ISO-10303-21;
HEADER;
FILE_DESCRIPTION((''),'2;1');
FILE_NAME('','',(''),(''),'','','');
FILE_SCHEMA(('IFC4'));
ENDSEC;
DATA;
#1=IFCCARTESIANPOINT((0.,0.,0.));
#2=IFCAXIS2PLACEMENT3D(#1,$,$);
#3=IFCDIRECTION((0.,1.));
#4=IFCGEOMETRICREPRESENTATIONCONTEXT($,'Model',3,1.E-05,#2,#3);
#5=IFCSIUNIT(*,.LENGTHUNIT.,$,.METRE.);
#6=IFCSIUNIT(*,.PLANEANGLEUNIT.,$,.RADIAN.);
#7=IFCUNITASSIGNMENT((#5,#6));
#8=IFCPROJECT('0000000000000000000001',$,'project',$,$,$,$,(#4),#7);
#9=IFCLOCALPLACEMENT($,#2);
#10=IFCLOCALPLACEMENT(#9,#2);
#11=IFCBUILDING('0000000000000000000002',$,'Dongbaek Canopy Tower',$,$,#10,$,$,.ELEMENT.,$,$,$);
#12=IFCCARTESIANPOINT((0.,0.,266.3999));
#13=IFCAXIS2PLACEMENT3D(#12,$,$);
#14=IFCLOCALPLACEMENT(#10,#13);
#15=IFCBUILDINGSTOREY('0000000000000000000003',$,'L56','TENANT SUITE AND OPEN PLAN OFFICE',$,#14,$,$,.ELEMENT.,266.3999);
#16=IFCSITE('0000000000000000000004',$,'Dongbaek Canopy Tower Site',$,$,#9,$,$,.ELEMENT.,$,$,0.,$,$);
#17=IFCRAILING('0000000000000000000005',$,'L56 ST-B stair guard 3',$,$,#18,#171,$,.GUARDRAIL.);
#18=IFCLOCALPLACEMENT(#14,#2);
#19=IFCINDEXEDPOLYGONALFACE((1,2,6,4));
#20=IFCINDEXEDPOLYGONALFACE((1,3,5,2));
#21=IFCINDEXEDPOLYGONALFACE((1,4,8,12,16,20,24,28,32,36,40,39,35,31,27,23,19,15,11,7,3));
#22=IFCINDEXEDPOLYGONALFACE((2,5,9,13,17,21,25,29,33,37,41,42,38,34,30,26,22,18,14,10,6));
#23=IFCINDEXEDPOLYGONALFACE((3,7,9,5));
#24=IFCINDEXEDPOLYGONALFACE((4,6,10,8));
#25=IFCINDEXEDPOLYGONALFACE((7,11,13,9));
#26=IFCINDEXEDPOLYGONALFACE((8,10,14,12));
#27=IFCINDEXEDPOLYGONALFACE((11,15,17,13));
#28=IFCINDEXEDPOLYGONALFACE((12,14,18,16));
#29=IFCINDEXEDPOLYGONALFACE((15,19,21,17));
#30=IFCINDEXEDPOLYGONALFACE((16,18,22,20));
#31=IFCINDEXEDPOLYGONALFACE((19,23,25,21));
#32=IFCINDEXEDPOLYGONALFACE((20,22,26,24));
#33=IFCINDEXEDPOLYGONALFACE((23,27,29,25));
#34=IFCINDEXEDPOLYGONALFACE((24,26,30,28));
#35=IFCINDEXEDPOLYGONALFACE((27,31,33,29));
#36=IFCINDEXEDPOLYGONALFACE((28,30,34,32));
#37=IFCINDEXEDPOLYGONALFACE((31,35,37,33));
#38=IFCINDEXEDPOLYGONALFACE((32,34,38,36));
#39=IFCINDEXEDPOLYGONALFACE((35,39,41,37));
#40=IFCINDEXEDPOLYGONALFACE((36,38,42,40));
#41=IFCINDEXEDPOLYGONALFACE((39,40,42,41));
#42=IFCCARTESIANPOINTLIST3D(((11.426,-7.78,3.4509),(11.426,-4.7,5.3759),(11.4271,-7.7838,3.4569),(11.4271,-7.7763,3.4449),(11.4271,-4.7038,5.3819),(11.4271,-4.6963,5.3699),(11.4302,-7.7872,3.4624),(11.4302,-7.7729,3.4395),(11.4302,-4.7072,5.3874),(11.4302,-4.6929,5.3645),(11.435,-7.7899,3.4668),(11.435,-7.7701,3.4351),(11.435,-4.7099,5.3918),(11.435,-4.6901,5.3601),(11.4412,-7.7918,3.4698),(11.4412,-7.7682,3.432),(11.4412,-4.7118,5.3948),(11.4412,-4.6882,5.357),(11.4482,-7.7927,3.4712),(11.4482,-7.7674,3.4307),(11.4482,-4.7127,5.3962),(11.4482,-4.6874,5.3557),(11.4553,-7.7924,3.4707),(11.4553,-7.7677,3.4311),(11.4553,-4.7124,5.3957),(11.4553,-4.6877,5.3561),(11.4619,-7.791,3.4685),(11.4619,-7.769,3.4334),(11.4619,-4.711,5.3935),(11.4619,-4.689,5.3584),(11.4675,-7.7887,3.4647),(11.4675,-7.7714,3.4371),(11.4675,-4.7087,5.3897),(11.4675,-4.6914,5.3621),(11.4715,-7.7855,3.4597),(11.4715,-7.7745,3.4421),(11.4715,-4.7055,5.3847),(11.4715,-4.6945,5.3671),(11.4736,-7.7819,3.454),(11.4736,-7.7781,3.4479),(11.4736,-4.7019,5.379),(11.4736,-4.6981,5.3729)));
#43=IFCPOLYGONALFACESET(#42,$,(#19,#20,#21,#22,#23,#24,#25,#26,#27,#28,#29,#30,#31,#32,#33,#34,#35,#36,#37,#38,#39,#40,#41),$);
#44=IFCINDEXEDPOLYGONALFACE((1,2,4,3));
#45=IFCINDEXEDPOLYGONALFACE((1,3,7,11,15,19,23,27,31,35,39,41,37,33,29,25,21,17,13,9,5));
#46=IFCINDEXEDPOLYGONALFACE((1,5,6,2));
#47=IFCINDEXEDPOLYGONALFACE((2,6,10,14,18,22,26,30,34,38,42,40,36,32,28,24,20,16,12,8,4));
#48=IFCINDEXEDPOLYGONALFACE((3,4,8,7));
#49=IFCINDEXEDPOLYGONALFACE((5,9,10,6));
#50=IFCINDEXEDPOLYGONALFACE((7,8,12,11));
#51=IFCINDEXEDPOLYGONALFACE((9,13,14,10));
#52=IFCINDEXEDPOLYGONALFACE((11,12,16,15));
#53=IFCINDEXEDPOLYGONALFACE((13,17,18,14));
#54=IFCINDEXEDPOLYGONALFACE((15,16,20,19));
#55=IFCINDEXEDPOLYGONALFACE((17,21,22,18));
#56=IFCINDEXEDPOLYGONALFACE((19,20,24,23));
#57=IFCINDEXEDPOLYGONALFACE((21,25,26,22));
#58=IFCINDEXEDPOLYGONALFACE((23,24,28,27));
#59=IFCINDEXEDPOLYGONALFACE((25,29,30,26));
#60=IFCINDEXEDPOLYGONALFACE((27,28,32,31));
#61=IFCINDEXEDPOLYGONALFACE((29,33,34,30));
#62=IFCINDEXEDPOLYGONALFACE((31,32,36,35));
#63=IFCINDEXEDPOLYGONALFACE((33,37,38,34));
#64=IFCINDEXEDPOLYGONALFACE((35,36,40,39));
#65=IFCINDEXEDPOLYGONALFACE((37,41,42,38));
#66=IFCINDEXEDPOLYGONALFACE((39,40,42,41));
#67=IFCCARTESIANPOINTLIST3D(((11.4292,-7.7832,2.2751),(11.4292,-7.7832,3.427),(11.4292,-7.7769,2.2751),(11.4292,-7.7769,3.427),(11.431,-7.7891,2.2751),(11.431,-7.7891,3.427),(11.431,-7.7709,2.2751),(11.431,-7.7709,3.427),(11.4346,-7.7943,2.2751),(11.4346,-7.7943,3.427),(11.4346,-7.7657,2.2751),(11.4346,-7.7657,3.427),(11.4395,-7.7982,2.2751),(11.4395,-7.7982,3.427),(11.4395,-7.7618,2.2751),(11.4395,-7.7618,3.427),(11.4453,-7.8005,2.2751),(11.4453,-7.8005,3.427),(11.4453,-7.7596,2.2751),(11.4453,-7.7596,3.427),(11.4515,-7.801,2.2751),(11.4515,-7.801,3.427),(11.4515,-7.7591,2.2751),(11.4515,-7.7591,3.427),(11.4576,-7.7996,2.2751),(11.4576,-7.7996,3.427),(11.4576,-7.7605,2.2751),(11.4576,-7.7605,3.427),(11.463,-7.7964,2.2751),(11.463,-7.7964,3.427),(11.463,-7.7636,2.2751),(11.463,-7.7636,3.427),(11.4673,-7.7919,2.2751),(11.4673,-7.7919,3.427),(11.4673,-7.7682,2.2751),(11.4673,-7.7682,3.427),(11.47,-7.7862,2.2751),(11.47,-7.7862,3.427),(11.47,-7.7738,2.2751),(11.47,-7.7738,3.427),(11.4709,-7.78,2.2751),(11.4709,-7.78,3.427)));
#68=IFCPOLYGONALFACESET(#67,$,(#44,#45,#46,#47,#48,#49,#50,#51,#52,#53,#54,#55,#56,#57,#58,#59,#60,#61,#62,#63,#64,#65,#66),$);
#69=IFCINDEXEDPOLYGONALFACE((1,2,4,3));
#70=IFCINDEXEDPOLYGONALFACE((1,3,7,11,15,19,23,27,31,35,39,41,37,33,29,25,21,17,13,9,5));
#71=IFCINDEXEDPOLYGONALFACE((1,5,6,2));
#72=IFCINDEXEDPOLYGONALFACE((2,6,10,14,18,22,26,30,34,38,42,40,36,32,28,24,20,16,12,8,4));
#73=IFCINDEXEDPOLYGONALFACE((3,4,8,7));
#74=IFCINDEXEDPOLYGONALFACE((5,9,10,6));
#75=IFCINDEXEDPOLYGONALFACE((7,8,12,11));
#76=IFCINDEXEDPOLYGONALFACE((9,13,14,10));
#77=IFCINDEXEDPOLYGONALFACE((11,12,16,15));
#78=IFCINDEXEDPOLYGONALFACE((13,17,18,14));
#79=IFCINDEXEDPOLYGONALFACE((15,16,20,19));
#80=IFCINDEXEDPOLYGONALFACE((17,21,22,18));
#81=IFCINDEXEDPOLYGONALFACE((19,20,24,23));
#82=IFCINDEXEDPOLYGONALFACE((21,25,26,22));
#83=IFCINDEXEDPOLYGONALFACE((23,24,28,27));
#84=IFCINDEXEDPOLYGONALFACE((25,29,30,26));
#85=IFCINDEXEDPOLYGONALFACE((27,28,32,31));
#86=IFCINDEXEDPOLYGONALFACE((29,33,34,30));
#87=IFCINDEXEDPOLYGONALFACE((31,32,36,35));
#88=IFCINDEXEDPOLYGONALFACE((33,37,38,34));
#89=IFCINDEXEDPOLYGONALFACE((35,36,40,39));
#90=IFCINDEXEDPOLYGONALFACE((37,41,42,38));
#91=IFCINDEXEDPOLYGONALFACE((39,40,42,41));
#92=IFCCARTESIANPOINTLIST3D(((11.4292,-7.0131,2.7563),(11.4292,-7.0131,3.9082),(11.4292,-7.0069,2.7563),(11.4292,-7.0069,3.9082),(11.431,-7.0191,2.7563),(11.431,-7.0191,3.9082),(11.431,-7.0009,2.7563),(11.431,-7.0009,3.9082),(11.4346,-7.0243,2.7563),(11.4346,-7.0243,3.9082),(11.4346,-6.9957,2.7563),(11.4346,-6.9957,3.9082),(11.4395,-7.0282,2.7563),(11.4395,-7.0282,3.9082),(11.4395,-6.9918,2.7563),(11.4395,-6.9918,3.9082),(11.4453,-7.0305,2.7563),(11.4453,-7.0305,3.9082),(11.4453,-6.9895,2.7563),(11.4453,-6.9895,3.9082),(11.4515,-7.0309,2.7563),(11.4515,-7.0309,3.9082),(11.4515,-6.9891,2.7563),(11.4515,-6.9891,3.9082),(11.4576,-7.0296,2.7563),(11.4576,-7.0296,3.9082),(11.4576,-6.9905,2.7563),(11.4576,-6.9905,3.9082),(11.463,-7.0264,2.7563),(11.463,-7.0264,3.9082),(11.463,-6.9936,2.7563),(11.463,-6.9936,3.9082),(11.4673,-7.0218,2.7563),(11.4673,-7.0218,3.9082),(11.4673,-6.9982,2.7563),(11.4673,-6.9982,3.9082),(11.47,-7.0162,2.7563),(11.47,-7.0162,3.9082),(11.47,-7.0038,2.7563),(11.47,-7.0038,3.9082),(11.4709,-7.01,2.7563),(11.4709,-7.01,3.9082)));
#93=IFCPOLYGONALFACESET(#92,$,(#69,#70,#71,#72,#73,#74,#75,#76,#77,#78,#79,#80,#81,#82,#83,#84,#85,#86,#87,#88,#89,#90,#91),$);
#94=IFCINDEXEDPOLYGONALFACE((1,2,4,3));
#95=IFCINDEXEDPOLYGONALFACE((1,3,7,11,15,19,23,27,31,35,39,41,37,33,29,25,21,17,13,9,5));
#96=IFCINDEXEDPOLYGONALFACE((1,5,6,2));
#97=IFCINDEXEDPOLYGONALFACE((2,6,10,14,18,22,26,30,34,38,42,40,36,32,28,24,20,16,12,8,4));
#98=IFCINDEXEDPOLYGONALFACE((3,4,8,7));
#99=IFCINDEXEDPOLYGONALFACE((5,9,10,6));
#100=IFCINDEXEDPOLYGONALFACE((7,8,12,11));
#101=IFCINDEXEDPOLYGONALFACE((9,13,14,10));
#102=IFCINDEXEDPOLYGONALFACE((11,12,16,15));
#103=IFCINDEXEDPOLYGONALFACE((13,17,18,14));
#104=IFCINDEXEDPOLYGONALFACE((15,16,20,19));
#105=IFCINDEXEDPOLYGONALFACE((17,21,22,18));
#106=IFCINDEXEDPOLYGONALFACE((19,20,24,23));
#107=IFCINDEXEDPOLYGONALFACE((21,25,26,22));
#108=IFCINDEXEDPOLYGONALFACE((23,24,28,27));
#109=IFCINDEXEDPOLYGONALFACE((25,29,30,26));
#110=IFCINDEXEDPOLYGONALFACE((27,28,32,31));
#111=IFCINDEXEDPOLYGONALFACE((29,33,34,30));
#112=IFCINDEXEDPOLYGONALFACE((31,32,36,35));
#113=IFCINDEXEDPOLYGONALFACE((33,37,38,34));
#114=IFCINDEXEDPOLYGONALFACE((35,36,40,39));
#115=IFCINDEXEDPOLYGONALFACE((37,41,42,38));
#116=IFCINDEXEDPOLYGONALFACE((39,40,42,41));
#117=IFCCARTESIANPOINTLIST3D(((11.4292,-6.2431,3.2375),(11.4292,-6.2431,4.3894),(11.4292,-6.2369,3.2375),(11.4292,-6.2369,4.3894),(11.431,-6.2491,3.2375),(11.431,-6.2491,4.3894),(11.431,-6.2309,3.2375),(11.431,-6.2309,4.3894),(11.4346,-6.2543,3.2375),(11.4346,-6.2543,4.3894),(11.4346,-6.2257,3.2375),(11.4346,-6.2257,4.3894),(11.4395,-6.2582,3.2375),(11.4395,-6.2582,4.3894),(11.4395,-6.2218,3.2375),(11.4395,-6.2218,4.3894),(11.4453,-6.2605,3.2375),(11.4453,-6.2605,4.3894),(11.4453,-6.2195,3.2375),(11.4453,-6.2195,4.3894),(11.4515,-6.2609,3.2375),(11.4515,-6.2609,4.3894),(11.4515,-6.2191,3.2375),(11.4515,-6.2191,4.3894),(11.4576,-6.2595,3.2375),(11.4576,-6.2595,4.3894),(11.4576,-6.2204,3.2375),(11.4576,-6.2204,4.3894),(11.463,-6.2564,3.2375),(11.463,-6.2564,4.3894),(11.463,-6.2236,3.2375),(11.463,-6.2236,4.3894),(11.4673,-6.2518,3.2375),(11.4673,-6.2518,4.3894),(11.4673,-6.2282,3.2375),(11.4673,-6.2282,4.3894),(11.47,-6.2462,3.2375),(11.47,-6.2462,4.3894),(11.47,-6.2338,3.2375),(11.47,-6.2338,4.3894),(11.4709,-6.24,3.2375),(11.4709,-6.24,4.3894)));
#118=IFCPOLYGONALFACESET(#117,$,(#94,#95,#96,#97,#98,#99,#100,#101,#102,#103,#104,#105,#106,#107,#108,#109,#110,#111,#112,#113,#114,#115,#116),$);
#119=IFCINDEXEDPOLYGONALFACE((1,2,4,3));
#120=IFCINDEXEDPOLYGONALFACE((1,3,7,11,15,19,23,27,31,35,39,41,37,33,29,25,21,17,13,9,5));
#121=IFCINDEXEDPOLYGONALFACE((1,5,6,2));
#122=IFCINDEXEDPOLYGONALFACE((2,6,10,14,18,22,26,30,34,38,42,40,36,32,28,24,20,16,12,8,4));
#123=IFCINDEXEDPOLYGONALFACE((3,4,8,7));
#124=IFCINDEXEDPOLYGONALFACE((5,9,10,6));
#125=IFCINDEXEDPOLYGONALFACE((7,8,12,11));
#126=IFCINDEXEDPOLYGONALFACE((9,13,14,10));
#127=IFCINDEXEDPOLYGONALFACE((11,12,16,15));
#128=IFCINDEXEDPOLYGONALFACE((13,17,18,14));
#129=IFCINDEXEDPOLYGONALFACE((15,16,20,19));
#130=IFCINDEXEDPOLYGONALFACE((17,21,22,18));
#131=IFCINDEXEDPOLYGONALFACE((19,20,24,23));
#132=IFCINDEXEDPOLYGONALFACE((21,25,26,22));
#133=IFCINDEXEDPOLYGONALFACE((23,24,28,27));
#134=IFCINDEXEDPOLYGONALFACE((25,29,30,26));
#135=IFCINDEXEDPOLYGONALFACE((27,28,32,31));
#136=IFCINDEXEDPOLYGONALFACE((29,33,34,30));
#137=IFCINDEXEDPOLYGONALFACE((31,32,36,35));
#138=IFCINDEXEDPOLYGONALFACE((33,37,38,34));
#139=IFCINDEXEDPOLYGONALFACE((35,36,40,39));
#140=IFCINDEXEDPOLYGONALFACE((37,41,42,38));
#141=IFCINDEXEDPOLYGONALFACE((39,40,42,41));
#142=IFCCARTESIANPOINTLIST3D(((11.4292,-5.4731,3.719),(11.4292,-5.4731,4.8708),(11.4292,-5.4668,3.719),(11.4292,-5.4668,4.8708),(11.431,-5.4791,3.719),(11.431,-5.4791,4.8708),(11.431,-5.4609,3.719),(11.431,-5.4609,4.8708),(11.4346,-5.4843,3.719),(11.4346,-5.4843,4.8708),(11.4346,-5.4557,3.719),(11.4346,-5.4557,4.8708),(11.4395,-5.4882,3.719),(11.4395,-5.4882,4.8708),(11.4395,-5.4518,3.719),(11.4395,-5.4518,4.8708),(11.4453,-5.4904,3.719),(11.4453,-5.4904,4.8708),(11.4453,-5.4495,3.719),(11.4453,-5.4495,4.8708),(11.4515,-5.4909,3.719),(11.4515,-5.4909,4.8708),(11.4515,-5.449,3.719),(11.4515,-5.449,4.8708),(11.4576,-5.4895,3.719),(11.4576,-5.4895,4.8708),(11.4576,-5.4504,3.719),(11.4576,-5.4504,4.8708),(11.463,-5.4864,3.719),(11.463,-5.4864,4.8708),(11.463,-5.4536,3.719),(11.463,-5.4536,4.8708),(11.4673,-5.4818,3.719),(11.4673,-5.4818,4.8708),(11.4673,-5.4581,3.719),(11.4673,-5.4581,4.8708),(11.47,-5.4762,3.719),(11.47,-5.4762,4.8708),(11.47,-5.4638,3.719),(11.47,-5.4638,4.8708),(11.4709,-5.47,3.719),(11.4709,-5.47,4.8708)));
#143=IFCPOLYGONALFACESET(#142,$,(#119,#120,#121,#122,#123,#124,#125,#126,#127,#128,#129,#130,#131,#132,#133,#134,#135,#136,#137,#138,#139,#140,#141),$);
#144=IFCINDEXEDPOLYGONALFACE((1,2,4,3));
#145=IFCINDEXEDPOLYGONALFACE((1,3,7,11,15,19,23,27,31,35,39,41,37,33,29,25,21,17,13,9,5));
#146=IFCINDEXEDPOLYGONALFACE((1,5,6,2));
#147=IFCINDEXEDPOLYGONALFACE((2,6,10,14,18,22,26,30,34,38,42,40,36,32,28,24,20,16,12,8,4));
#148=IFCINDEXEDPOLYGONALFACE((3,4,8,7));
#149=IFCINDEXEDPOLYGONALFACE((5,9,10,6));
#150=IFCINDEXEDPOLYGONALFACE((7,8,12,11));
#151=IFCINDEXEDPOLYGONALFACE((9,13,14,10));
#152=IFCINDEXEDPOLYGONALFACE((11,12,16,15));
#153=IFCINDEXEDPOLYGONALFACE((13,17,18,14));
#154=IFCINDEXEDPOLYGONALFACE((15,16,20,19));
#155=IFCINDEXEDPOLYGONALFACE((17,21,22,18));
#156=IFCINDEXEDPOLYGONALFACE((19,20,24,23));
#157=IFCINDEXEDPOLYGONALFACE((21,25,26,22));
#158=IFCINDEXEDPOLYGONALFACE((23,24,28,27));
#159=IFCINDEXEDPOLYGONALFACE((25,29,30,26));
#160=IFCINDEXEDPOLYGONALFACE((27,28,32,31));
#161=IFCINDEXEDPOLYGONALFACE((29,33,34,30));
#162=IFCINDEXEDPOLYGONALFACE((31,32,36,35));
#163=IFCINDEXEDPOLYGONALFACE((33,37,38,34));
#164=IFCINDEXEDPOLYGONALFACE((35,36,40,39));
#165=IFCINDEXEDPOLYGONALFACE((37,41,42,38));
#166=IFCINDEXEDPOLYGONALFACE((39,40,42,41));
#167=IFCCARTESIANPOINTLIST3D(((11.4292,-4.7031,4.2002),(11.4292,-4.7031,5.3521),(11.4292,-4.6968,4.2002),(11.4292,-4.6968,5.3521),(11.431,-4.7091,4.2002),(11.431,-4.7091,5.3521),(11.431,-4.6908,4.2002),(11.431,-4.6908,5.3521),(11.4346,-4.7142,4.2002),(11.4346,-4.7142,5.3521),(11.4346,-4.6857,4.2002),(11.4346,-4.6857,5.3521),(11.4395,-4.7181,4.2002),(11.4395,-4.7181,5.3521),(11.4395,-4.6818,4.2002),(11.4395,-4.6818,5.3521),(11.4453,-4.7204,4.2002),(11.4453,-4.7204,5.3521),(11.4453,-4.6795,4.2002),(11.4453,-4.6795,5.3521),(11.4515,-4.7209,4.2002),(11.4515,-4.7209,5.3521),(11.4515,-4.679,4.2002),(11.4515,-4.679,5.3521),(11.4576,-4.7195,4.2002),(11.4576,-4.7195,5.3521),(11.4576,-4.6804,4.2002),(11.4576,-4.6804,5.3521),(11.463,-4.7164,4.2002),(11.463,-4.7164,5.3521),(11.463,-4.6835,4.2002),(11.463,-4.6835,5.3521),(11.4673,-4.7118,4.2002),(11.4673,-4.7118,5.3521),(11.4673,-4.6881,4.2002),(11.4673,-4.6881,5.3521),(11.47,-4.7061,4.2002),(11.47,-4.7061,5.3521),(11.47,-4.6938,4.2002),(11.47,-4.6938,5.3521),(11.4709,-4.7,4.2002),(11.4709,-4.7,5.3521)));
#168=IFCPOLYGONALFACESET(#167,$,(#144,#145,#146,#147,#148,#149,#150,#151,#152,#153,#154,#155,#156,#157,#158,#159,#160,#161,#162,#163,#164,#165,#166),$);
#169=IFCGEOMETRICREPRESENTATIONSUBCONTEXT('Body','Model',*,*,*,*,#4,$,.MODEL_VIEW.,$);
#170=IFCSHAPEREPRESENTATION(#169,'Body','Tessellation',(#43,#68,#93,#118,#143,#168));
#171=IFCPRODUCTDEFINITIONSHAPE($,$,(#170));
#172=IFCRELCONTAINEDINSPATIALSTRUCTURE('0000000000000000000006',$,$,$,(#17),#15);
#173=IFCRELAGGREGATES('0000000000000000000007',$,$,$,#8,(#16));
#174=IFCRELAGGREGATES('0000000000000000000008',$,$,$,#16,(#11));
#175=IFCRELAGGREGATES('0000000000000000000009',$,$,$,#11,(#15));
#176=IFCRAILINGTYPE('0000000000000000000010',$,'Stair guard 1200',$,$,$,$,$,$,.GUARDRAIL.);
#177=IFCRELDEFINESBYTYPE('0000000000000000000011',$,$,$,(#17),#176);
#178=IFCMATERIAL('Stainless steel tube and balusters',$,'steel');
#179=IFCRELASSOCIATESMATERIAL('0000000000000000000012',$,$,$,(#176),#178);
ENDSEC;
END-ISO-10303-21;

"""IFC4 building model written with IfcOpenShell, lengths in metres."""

from ifc_helpers import new_model, si_unit, direction, frame, origin, origin_2d, place, context, subcontext, project, spatial, circle, extrude, material, type_object, element, save


model = new_model("IFC4")

# Units and contexts
model_context = context("Model", 3, precision=1e-05, world=origin(), true_north=direction((0.0, 1.0)))
body_context = subcontext(model_context, "Body", "Model", "MODEL_VIEW")
ifc_project = project(units=[si_unit("LENGTHUNIT", "METRE"), si_unit("PLANEANGLEUNIT", "RADIAN")], contexts=[model_context])

# Site, building, storey
site_placement = place(None, origin())
site = spatial("IfcSite", under=ifc_project, at=site_placement, Name="Dongbaek Canopy Tower Site", CompositionType="ELEMENT", RefElevation=0.0)
building_placement = place(site_placement, origin())
building = spatial("IfcBuilding", under=site, at=building_placement, Name="Dongbaek Canopy Tower", CompositionType="ELEMENT")
storey_placement = place(building_placement, frame((0.0, 0.0, 266.3999)))
storey = spatial("IfcBuildingStorey", under=building, at=storey_placement, Name="L56", Description="TENANT SUITE AND OPEN PLAN OFFICE", CompositionType="ELEMENT", Elevation=266.3999)

# Railing
ifc_material_1 = material(Name="Stainless steel tube and balusters", Category="steel")
railing_type_1 = type_object("IfcRailingType", Name="Stair guard 1200", PredefinedType="GUARDRAIL", material=ifc_material_1)
railing_1_placement = place(storey_placement, frame((11.45, -7.78, 2.2751)))
element("IfcRailing", 1, at=railing_1_placement, inside=storey, type_object=railing_type_1, Name="L56 ST-B stair guard 3", PredefinedType="GUARDRAIL", context=body_context, shape_type="SweptSolid", body=[
    extrude(circle(Radius=0.0239, at=origin_2d()), frame((0.0, 0.0, 1.1758), z_axis=(0.0, 0.847998, 0.529999), x_axis=(-1.0, 0.0, 0.0)), (0.0, 0.0, 1.0), 3.6321),
    extrude(circle(Radius=0.021, at=origin_2d()), origin(), (0.0, 0.0, 1.0), 1.1519),
    extrude(circle(Radius=0.021, at=origin_2d()), frame((0.0, 0.77, 0.4812)), (0.0, 0.0, 1.0), 1.1519),
    extrude(circle(Radius=0.021, at=origin_2d()), frame((0.0, 1.54, 0.9624)), (0.0, 0.0, 1.0), 1.1519),
    extrude(circle(Radius=0.021, at=origin_2d()), frame((0.0, 2.3101, 1.4438)), (0.0, 0.0, 1.0), 1.1519),
    extrude(circle(Radius=0.021, at=origin_2d()), frame((0.0, 3.0801, 1.925)), (0.0, 0.0, 1.0), 1.1519),
])

save(model, "model.ifc")
